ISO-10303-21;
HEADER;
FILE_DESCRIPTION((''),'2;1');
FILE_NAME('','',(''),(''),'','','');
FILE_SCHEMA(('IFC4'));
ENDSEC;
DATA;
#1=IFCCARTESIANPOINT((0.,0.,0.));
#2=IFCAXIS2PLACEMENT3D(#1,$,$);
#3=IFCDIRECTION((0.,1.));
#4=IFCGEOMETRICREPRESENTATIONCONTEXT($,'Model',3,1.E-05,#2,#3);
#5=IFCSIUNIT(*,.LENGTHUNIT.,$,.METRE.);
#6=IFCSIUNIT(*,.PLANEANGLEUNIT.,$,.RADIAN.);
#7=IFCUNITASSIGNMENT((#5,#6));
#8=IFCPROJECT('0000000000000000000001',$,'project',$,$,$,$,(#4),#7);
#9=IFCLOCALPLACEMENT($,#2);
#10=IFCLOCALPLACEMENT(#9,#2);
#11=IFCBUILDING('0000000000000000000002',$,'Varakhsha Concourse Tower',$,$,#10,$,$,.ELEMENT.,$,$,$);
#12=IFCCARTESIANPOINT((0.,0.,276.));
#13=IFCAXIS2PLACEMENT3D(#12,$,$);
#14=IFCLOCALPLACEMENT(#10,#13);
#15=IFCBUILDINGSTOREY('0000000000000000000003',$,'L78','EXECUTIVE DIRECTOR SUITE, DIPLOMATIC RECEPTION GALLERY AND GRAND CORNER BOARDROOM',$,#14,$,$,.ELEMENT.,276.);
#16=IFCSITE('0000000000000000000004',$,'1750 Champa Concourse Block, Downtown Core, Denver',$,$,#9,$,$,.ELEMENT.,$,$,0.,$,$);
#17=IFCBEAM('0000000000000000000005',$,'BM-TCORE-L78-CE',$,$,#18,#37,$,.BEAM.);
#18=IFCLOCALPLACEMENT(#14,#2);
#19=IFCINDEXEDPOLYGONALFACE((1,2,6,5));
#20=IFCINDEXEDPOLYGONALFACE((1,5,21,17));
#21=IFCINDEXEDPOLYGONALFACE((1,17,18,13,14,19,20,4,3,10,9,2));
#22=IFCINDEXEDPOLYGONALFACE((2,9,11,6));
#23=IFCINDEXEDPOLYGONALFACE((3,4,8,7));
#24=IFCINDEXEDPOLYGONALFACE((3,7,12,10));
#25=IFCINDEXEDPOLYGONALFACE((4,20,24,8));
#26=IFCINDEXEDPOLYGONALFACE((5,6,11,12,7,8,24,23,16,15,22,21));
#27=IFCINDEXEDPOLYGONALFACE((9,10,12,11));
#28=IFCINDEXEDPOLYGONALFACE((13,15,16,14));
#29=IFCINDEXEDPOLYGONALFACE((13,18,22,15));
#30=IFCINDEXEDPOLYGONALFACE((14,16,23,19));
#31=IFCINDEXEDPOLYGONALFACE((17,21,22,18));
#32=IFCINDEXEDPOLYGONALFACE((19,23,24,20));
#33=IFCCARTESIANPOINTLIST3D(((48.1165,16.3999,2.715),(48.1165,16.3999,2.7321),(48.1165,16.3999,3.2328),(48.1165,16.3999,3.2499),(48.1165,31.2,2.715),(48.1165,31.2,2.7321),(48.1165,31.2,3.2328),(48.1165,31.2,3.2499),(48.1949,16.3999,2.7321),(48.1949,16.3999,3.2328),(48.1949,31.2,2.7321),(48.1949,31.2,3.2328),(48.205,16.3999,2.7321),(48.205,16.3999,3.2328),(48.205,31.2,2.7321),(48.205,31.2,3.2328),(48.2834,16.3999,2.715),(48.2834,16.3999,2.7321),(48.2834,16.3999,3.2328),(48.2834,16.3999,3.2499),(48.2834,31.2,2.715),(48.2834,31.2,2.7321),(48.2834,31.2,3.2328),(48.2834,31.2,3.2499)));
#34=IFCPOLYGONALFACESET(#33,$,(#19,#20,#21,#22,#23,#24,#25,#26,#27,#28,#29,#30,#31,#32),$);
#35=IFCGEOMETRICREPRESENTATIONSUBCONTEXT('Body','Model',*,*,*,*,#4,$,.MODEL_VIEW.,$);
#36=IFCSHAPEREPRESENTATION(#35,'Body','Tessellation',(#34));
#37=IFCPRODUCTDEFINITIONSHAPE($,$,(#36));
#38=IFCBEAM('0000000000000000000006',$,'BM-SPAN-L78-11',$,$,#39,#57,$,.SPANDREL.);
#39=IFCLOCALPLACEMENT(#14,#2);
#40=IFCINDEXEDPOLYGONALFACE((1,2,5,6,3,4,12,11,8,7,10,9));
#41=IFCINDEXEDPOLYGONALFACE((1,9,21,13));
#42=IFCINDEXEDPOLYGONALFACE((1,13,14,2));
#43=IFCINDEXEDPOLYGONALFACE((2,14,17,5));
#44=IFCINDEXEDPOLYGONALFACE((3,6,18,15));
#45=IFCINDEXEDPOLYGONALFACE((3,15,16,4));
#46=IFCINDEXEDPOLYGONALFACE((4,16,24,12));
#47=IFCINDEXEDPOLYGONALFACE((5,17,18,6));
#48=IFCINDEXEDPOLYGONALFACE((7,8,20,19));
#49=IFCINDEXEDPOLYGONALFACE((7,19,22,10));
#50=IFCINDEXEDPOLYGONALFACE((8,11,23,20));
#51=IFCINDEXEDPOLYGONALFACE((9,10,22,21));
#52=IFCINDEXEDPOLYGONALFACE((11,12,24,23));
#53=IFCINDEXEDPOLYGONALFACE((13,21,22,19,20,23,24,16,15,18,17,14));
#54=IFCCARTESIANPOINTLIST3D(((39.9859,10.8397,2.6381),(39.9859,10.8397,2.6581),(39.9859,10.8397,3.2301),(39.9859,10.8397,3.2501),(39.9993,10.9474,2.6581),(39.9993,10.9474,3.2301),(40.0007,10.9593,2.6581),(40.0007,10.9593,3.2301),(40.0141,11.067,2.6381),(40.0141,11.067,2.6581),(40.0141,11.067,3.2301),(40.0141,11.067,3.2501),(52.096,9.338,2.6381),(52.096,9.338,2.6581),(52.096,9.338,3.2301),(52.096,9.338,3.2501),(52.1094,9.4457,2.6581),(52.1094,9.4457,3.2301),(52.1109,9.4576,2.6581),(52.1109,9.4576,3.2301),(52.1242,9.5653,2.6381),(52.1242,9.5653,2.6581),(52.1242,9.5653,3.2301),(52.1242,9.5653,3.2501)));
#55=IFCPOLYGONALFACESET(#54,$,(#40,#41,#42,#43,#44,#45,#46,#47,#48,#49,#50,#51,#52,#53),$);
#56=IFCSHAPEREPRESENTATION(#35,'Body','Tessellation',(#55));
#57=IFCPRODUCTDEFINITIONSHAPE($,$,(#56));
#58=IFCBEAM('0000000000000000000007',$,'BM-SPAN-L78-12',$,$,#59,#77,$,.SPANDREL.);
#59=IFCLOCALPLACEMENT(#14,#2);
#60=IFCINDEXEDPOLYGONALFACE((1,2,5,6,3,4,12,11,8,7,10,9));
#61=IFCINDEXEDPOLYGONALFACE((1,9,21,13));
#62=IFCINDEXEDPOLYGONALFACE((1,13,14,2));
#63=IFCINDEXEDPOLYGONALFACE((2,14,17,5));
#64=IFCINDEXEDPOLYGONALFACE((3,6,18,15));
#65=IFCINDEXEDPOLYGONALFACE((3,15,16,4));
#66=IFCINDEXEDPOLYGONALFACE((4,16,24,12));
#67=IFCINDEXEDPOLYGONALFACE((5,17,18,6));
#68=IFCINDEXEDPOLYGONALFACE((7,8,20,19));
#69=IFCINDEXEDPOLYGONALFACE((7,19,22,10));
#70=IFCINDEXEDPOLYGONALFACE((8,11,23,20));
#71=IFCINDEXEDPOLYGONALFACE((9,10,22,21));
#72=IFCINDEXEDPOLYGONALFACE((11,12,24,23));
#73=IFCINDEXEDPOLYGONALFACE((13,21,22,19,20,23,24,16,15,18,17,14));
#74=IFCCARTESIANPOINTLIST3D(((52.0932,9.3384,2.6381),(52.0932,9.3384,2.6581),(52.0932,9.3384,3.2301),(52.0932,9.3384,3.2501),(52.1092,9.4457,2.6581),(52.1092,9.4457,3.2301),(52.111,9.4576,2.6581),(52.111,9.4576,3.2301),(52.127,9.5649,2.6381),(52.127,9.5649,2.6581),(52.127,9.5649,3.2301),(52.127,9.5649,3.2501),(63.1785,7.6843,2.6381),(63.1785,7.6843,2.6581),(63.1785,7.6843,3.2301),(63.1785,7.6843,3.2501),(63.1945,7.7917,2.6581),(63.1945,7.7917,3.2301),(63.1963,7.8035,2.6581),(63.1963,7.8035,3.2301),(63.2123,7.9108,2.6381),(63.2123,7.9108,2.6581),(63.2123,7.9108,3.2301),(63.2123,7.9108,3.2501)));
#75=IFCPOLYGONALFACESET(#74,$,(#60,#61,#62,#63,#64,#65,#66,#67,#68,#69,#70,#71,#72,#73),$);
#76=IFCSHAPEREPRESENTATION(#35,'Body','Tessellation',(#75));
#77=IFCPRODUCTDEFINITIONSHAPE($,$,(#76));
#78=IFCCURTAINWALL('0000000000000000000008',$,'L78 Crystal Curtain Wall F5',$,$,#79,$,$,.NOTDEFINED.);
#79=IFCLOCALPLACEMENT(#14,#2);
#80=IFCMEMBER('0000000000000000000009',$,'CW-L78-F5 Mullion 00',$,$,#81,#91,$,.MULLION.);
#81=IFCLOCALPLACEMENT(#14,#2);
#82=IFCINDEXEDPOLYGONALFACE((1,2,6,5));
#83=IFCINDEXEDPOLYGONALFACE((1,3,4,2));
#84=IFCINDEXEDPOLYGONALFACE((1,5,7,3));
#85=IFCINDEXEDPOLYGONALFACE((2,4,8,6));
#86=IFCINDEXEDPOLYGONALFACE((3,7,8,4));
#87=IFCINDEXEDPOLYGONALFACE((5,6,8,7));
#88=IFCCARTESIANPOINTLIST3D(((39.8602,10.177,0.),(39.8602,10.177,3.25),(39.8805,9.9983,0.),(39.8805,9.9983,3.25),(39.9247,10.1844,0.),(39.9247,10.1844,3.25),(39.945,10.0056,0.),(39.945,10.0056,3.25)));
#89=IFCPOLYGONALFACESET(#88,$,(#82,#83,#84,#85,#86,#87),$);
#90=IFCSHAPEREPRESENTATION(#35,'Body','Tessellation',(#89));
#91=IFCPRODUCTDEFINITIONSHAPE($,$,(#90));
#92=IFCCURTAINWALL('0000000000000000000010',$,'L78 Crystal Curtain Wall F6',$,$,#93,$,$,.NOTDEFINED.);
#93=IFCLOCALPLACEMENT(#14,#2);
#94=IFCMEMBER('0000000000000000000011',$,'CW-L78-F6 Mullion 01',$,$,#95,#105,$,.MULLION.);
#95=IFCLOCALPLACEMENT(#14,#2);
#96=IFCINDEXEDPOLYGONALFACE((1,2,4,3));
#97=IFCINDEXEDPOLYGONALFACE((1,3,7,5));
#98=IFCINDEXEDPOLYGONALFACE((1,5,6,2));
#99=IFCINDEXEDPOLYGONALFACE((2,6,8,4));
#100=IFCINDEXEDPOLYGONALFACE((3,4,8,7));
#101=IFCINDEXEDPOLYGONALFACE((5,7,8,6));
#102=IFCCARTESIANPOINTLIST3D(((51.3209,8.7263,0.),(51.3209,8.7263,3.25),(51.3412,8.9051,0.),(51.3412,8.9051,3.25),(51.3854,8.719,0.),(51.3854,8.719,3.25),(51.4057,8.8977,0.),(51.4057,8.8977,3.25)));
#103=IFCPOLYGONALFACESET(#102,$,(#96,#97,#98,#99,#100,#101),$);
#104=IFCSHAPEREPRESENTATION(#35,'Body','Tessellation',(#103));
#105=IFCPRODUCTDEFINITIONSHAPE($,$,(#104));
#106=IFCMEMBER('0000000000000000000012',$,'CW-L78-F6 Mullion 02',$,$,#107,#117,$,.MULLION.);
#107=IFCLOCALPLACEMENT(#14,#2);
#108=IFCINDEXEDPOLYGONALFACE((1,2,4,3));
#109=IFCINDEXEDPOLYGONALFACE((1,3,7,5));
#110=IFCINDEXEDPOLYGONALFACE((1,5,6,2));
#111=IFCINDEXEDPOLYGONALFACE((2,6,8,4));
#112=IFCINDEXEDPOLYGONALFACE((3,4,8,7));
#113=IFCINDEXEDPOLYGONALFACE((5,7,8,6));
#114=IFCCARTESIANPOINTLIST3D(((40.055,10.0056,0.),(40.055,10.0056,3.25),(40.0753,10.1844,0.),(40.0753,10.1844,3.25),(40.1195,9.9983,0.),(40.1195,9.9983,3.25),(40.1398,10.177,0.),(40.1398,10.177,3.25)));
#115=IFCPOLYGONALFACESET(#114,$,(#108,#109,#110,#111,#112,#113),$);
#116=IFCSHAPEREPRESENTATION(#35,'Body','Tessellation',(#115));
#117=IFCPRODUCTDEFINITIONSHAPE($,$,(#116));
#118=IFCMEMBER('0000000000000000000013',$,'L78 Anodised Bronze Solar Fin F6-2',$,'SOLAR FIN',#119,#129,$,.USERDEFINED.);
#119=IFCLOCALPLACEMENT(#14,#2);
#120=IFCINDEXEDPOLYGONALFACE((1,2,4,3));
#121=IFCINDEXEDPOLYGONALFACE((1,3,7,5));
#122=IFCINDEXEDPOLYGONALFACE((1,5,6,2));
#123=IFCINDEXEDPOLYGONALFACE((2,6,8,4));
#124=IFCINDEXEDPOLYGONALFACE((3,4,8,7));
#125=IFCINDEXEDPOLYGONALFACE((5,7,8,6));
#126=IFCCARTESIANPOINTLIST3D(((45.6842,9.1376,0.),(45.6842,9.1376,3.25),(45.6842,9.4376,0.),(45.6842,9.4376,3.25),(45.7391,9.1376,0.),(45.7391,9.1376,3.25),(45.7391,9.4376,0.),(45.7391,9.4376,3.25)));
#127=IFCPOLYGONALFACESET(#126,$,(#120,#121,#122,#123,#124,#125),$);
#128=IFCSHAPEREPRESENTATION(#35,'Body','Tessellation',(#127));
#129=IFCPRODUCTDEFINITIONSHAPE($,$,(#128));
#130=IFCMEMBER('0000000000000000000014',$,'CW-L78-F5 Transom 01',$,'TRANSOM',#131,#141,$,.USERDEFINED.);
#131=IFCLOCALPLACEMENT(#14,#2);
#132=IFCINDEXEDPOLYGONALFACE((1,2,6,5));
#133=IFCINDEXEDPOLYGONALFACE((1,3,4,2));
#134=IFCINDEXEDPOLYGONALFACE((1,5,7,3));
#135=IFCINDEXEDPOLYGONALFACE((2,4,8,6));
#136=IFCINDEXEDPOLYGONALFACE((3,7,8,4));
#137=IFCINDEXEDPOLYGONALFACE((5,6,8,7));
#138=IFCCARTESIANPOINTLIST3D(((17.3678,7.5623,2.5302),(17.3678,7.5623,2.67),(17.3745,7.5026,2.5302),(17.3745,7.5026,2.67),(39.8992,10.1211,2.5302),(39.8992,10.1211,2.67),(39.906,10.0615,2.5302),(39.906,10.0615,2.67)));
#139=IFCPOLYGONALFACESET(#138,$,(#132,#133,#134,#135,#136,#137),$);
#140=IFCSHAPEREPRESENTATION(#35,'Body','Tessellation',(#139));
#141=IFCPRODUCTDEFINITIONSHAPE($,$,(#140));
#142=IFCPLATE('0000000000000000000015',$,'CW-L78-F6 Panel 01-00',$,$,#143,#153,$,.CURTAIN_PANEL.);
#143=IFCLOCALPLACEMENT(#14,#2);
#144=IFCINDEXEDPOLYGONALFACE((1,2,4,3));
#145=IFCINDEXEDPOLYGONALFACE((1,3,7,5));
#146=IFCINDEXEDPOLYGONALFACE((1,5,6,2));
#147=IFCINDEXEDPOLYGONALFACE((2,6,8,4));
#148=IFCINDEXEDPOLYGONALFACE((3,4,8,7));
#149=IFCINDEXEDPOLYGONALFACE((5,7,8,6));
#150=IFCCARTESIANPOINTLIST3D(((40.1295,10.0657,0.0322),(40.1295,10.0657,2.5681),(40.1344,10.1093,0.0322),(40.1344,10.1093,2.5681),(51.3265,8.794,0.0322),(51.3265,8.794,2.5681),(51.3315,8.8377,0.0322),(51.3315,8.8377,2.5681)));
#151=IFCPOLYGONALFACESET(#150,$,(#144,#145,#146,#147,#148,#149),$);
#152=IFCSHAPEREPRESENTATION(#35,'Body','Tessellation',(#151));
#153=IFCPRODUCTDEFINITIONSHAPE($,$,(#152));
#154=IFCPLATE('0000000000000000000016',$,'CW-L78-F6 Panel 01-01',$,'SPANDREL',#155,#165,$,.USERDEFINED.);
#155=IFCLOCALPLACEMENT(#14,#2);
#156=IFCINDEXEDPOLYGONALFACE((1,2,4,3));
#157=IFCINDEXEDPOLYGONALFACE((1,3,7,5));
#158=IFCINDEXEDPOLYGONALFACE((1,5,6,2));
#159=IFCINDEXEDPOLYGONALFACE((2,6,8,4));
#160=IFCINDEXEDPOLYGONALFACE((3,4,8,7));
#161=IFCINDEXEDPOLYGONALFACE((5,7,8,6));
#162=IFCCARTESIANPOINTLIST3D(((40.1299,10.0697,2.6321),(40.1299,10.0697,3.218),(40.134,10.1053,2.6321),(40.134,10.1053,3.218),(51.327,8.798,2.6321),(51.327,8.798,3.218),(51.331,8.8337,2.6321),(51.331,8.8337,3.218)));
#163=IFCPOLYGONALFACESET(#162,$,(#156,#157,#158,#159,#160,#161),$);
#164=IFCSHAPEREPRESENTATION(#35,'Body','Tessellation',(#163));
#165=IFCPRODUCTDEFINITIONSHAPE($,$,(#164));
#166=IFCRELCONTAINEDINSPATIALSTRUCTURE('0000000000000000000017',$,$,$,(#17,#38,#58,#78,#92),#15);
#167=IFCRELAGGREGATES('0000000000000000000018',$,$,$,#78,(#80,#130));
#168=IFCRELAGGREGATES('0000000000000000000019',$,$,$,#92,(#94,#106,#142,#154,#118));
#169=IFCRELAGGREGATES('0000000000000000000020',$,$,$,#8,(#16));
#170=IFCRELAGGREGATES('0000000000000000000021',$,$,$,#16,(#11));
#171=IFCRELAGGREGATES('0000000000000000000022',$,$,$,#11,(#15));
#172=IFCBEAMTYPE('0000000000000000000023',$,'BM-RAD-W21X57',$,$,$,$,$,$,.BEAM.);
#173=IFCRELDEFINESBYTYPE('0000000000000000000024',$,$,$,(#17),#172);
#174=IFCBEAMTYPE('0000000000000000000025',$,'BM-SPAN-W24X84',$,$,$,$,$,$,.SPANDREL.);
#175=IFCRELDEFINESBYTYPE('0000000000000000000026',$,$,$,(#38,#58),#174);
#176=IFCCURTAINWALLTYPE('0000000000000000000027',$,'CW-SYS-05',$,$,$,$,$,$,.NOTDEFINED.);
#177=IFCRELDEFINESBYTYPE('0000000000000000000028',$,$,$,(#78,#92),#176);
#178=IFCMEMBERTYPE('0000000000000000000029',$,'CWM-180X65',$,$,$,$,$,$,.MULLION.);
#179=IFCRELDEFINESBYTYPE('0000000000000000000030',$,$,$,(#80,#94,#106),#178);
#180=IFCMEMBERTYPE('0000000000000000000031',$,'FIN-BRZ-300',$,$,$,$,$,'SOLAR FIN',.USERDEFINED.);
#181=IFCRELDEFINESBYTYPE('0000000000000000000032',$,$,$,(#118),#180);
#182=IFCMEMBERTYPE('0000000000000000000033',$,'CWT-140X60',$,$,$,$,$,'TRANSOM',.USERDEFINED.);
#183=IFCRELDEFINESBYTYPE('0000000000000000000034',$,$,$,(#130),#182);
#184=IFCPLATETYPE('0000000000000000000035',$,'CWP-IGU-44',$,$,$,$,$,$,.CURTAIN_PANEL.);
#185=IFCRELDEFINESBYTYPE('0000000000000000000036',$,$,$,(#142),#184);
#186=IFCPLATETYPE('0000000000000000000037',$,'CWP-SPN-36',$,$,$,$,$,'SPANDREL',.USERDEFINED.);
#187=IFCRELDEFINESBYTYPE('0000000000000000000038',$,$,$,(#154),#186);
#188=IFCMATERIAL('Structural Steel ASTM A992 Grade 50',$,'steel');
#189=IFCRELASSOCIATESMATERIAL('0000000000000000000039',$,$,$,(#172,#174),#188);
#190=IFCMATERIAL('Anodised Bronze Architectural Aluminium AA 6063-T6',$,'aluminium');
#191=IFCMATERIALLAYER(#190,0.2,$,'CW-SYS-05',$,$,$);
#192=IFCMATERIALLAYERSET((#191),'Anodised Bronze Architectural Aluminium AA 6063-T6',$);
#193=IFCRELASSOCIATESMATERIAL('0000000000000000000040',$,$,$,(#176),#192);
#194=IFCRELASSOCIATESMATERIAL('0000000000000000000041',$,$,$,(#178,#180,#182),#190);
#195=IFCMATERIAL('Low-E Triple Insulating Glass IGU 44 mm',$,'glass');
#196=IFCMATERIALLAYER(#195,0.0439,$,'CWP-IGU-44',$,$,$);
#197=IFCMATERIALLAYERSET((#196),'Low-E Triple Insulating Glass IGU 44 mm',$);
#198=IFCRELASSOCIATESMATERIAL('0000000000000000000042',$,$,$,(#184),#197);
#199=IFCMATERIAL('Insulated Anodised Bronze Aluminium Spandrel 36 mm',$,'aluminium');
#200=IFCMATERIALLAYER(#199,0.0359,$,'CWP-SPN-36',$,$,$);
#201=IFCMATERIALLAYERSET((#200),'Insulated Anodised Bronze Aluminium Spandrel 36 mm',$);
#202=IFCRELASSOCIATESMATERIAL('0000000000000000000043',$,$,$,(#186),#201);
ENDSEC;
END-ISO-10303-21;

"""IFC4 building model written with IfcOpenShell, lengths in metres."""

from ifc_helpers import new_model, si_unit, direction, frame, origin, origin_2d, place, context, subcontext, project, spatial, rectangle, i_section, extrude, source, transform, mapped, material, layer, layer_set, material_profile, profile_set, type_object, type_shapes, element, aggregate, save


model = new_model("IFC4")

# Units and contexts
model_context = context("Model", 3, precision=1e-05, world=origin(), true_north=direction((0.0, 1.0)))
body_context = subcontext(model_context, "Body", "Model", "MODEL_VIEW")
ifc_project = project(units=[si_unit("LENGTHUNIT", "METRE"), si_unit("PLANEANGLEUNIT", "RADIAN")], contexts=[model_context])

# Site, building, storey
site_placement = place(None, origin())
site = spatial("IfcSite", under=ifc_project, at=site_placement, Name="1750 Champa Concourse Block, Downtown Core, Denver", CompositionType="ELEMENT", RefElevation=0.0)
building_placement = place(site_placement, origin())
building = spatial("IfcBuilding", under=site, at=building_placement, Name="Varakhsha Concourse Tower", CompositionType="ELEMENT")
storey_placement = place(building_placement, frame((0.0, 0.0, 276.0)))
storey = spatial("IfcBuildingStorey", under=building, at=storey_placement, Name="L78", Description="EXECUTIVE DIRECTOR SUITE, DIPLOMATIC RECEPTION GALLERY AND GRAND CORNER BOARDROOM", CompositionType="ELEMENT", Elevation=276.0)

# Shared definitions
ifc_material_1 = material(Name="Structural Steel ASTM A992 Grade 50", Category="steel")

# Beams
ifc_material_profile_1 = material_profile(ifc_material_1, i_section(OverallWidth=0.167, OverallDepth=0.5349, WebThickness=0.01, FlangeThickness=0.0171, at=origin_2d()), Name="W21X57")
ifc_profile_set_1 = profile_set([ifc_material_profile_1], Name="Structural Steel ASTM A992 Grade 50")
beam_type_1 = type_object("IfcBeamType", Name="BM-RAD-W21X57", PredefinedType="BEAM", material=ifc_profile_set_1)
beam_1_placement = place(storey_placement, frame((48.2, 16.3999, 2.9824), z_axis=(0.0, 1.0, 0.0), x_axis=(-1.0, 0.0, 0.0)))
element("IfcBeam", 1, at=beam_1_placement, inside=storey, type_object=beam_type_1, Name="BM-TCORE-L78-CE", PredefinedType="BEAM", context=body_context, shape_type="SweptSolid", body=[
    extrude(i_section(OverallWidth=0.167, OverallDepth=0.5349, WebThickness=0.01, FlangeThickness=0.0171, at=origin_2d()), origin(), (0.0, 0.0, 1.0), 14.8),
])
ifc_material_profile_2 = material_profile(ifc_material_1, i_section(OverallWidth=0.229, OverallDepth=0.6121, WebThickness=0.012, FlangeThickness=0.02, at=origin_2d()), Name="W24X84")
ifc_profile_set_2 = profile_set([ifc_material_profile_2], Name="Structural Steel ASTM A992 Grade 50")
beam_type_2 = type_object("IfcBeamType", Name="BM-SPAN-W24X84", PredefinedType="SPANDREL", material=ifc_profile_set_2)
beam_2_placement = place(storey_placement, frame((40.0, 10.9534, 2.9441), z_axis=(0.992399, -0.123062, 0.0), x_axis=(0.123062, 0.992399, 0.0)))
element("IfcBeam", 2, at=beam_2_placement, inside=storey, type_object=beam_type_2, Name="BM-SPAN-L78-11", PredefinedType="SPANDREL", context=body_context, shape_type="SweptSolid", body=[
    extrude(i_section(OverallWidth=0.229, OverallDepth=0.6121, WebThickness=0.012, FlangeThickness=0.02, at=origin_2d()), origin(), (0.0, 0.0, 1.0), 12.2029),
])
beam_3_placement = place(storey_placement, frame((52.1101, 9.4517, 2.9441), z_axis=(0.98905, -0.147579, 0.0), x_axis=(0.147579, 0.98905, 0.0)))
element("IfcBeam", 3, at=beam_3_placement, inside=storey, type_object=beam_type_2, Name="BM-SPAN-L78-12", PredefinedType="SPANDREL", context=body_context, shape_type="SweptSolid", body=[
    extrude(i_section(OverallWidth=0.229, OverallDepth=0.6121, WebThickness=0.012, FlangeThickness=0.02, at=origin_2d()), origin(), (0.0, 0.0, 1.0), 11.208),
])

# Curtain wall, member
ifc_material_2 = material(Name="Anodised Bronze Architectural Aluminium AA 6063-T6", Category="aluminium")
ifc_layer_1 = layer(ifc_material_2, 0.2, Name="CW-SYS-05")
ifc_layer_set_1 = layer_set([ifc_layer_1], Name="Anodised Bronze Architectural Aluminium AA 6063-T6")
curtain_wall_type = type_object("IfcCurtainWallType", Name="CW-SYS-05", PredefinedType="NOTDEFINED", material=ifc_layer_set_1)
curtain_wall_1_placement = place(storey_placement, origin())
curtain_wall_1 = element("IfcCurtainWall", 4, at=curtain_wall_1_placement, inside=storey, type_object=curtain_wall_type, Name="L78 Crystal Curtain Wall F5", PredefinedType="NOTDEFINED")
ifc_material_profile_3 = material_profile(ifc_material_2, rectangle(XDim=0.0649, YDim=0.1799, at=origin_2d()), Name="CWM-180X65")
ifc_profile_set_3 = profile_set([ifc_material_profile_3], Name="Anodised Bronze Architectural Aluminium AA 6063-T6")
member_type_1 = type_object("IfcMemberType", Name="CWM-180X65", PredefinedType="MULLION", material=ifc_profile_set_3)
shared_shape_1 = source(origin(), body_context, "Body", "SweptSolid", [
    extrude(rectangle(XDim=0.0649, YDim=0.1799, at=origin_2d()), origin(), (0.0, 0.0, 1.0), 3.25),
])
type_shapes(member_type_1, [shared_shape_1])
member_1_placement = place(storey_placement, frame((39.9026, 10.0913, 0.0), z_axis=(0.0, 0.0, 1.0), x_axis=(-0.993613, -0.112844, 0.0)))
member_1 = element("IfcMember", 5, at=member_1_placement, type_object=member_type_1, Name="CW-L78-F5 Mullion 00", PredefinedType="MULLION", context=body_context, shape_type="MappedRepresentation", body=[
    mapped(shared_shape_1, transform((0.0, 0.0, 0.0), scale=1.0)),
])

# Curtain wall, members
curtain_wall_2_placement = place(storey_placement, origin())
curtain_wall_2 = element("IfcCurtainWall", 6, at=curtain_wall_2_placement, inside=storey, type_object=curtain_wall_type, Name="L78 Crystal Curtain Wall F6", PredefinedType="NOTDEFINED")
member_2_placement = place(storey_placement, frame((51.3633, 8.812, 0.0), z_axis=(0.0, 0.0, 1.0), x_axis=(-0.993613, 0.112844, 0.0)))
member_2 = element("IfcMember", 7, at=member_2_placement, type_object=member_type_1, Name="CW-L78-F6 Mullion 01", PredefinedType="MULLION", context=body_context, shape_type="MappedRepresentation", body=[
    mapped(shared_shape_1, transform((0.0, 0.0, 0.0), scale=1.0)),
])
member_3_placement = place(storey_placement, frame((40.0974, 10.0913, 0.0), z_axis=(0.0, 0.0, 1.0), x_axis=(-0.993613, 0.112844, 0.0)))
member_3 = element("IfcMember", 8, at=member_3_placement, type_object=member_type_1, Name="CW-L78-F6 Mullion 02", PredefinedType="MULLION", context=body_context, shape_type="MappedRepresentation", body=[
    mapped(shared_shape_1, transform((0.0, 0.0, 0.0), scale=1.0)),
])
ifc_material_profile_4 = material_profile(ifc_material_2, rectangle(XDim=0.0549, YDim=0.3, at=origin_2d()), Name="FIN-BRZ-300")
ifc_profile_set_4 = profile_set([ifc_material_profile_4], Name="Anodised Bronze Architectural Aluminium AA 6063-T6")
member_type_2 = type_object("IfcMemberType", Name="FIN-BRZ-300", ElementType="SOLAR FIN", PredefinedType="USERDEFINED", material=ifc_profile_set_4)
shared_shape_2 = source(origin(), body_context, "Body", "SweptSolid", [
    extrude(rectangle(XDim=0.0549, YDim=0.3, at=origin_2d()), origin(), (0.0, 0.0, 1.0), 3.25),
])
type_shapes(member_type_2, [shared_shape_2])
member_4_placement = place(storey_placement, frame((45.7117, 9.2876, 0.0), z_axis=(0.0, 0.0, 1.0), x_axis=(1.0, 0.0, 0.0)))
member_4 = element("IfcMember", 9, at=member_4_placement, type_object=member_type_2, Name="L78 Anodised Bronze Solar Fin F6-2", ObjectType="SOLAR FIN", PredefinedType="USERDEFINED", context=body_context, shape_type="MappedRepresentation", body=[
    mapped(shared_shape_2, transform((0.0, 0.0, 0.0), scale=1.0)),
])

# Member
ifc_material_profile_5 = material_profile(ifc_material_2, rectangle(XDim=0.0601, YDim=0.1399, at=origin_2d()), Name="CWT-140X60")
ifc_profile_set_5 = profile_set([ifc_material_profile_5], Name="Anodised Bronze Architectural Aluminium AA 6063-T6")
member_type_3 = type_object("IfcMemberType", Name="CWT-140X60", ElementType="TRANSOM", PredefinedType="USERDEFINED", material=ifc_profile_set_5)
shared_shape_3 = source(origin(), body_context, "Body", "SweptSolid", [
    extrude(rectangle(XDim=0.0601, YDim=0.1399, at=origin_2d()), origin(), (0.0, 0.0, 1.0), 22.6763),
])
type_shapes(member_type_3, [shared_shape_3])
member_5_placement = place(storey_placement, frame((39.9026, 10.0913, 2.6001), z_axis=(-0.993613, -0.112842, 0.0), x_axis=(0.112842, -0.993613, 0.0)))
member_5 = element("IfcMember", 10, at=member_5_placement, type_object=member_type_3, Name="CW-L78-F5 Transom 01", ObjectType="TRANSOM", PredefinedType="USERDEFINED", context=body_context, shape_type="MappedRepresentation", body=[
    mapped(shared_shape_3, transform((0.0, 0.0, 0.0), scale=1.0)),
])
aggregate(curtain_wall_1, [member_1, member_5])

# Plates
ifc_material_3 = material(Name="Low-E Triple Insulating Glass IGU 44 mm", Category="glass")
ifc_layer_2 = layer(ifc_material_3, 0.0439, Name="CWP-IGU-44")
ifc_layer_set_2 = layer_set([ifc_layer_2], Name="Low-E Triple Insulating Glass IGU 44 mm")
plate_type_1 = type_object("IfcPlateType", Name="CWP-IGU-44", PredefinedType="CURTAIN_PANEL", material=ifc_layer_set_2)
shared_shape_4 = source(origin(), body_context, "Body", "SweptSolid", [
    extrude(rectangle(XDim=11.269, YDim=0.0439, at=origin_2d()), origin(), (0.0, 0.0, 1.0), 2.5359),
])
type_shapes(plate_type_1, [shared_shape_4])
plate_1_placement = place(storey_placement, frame((45.7305, 9.4517, 0.0322), z_axis=(0.0, 0.0, 1.0), x_axis=(-0.993613, 0.112844, 0.0)))
plate_1 = element("IfcPlate", 11, at=plate_1_placement, type_object=plate_type_1, Name="CW-L78-F6 Panel 01-00", PredefinedType="CURTAIN_PANEL", context=body_context, shape_type="MappedRepresentation", body=[
    mapped(shared_shape_4, transform((0.0, 0.0, 0.0), scale=1.0)),
])
ifc_material_4 = material(Name="Insulated Anodised Bronze Aluminium Spandrel 36 mm", Category="aluminium")
ifc_layer_3 = layer(ifc_material_4, 0.0359, Name="CWP-SPN-36")
ifc_layer_set_3 = layer_set([ifc_layer_3], Name="Insulated Anodised Bronze Aluminium Spandrel 36 mm")
plate_type_2 = type_object("IfcPlateType", Name="CWP-SPN-36", ElementType="SPANDREL", PredefinedType="USERDEFINED", material=ifc_layer_set_3)
shared_shape_5 = source(origin(), body_context, "Body", "SweptSolid", [
    extrude(rectangle(XDim=11.269, YDim=0.0359, at=origin_2d()), origin(), (0.0, 0.0, 1.0), 0.5859),
])
type_shapes(plate_type_2, [shared_shape_5])
plate_2_placement = place(storey_placement, frame((45.7305, 9.4517, 2.6321), z_axis=(0.0, 0.0, 1.0), x_axis=(-0.993613, 0.112844, 0.0)))
plate_2 = element("IfcPlate", 12, at=plate_2_placement, type_object=plate_type_2, Name="CW-L78-F6 Panel 01-01", ObjectType="SPANDREL", PredefinedType="USERDEFINED", context=body_context, shape_type="MappedRepresentation", body=[
    mapped(shared_shape_5, transform((0.0, 0.0, 0.0), scale=1.0)),
])
aggregate(curtain_wall_2, [member_2, member_3, plate_1, plate_2, member_4])

save(model, "model.ifc")
